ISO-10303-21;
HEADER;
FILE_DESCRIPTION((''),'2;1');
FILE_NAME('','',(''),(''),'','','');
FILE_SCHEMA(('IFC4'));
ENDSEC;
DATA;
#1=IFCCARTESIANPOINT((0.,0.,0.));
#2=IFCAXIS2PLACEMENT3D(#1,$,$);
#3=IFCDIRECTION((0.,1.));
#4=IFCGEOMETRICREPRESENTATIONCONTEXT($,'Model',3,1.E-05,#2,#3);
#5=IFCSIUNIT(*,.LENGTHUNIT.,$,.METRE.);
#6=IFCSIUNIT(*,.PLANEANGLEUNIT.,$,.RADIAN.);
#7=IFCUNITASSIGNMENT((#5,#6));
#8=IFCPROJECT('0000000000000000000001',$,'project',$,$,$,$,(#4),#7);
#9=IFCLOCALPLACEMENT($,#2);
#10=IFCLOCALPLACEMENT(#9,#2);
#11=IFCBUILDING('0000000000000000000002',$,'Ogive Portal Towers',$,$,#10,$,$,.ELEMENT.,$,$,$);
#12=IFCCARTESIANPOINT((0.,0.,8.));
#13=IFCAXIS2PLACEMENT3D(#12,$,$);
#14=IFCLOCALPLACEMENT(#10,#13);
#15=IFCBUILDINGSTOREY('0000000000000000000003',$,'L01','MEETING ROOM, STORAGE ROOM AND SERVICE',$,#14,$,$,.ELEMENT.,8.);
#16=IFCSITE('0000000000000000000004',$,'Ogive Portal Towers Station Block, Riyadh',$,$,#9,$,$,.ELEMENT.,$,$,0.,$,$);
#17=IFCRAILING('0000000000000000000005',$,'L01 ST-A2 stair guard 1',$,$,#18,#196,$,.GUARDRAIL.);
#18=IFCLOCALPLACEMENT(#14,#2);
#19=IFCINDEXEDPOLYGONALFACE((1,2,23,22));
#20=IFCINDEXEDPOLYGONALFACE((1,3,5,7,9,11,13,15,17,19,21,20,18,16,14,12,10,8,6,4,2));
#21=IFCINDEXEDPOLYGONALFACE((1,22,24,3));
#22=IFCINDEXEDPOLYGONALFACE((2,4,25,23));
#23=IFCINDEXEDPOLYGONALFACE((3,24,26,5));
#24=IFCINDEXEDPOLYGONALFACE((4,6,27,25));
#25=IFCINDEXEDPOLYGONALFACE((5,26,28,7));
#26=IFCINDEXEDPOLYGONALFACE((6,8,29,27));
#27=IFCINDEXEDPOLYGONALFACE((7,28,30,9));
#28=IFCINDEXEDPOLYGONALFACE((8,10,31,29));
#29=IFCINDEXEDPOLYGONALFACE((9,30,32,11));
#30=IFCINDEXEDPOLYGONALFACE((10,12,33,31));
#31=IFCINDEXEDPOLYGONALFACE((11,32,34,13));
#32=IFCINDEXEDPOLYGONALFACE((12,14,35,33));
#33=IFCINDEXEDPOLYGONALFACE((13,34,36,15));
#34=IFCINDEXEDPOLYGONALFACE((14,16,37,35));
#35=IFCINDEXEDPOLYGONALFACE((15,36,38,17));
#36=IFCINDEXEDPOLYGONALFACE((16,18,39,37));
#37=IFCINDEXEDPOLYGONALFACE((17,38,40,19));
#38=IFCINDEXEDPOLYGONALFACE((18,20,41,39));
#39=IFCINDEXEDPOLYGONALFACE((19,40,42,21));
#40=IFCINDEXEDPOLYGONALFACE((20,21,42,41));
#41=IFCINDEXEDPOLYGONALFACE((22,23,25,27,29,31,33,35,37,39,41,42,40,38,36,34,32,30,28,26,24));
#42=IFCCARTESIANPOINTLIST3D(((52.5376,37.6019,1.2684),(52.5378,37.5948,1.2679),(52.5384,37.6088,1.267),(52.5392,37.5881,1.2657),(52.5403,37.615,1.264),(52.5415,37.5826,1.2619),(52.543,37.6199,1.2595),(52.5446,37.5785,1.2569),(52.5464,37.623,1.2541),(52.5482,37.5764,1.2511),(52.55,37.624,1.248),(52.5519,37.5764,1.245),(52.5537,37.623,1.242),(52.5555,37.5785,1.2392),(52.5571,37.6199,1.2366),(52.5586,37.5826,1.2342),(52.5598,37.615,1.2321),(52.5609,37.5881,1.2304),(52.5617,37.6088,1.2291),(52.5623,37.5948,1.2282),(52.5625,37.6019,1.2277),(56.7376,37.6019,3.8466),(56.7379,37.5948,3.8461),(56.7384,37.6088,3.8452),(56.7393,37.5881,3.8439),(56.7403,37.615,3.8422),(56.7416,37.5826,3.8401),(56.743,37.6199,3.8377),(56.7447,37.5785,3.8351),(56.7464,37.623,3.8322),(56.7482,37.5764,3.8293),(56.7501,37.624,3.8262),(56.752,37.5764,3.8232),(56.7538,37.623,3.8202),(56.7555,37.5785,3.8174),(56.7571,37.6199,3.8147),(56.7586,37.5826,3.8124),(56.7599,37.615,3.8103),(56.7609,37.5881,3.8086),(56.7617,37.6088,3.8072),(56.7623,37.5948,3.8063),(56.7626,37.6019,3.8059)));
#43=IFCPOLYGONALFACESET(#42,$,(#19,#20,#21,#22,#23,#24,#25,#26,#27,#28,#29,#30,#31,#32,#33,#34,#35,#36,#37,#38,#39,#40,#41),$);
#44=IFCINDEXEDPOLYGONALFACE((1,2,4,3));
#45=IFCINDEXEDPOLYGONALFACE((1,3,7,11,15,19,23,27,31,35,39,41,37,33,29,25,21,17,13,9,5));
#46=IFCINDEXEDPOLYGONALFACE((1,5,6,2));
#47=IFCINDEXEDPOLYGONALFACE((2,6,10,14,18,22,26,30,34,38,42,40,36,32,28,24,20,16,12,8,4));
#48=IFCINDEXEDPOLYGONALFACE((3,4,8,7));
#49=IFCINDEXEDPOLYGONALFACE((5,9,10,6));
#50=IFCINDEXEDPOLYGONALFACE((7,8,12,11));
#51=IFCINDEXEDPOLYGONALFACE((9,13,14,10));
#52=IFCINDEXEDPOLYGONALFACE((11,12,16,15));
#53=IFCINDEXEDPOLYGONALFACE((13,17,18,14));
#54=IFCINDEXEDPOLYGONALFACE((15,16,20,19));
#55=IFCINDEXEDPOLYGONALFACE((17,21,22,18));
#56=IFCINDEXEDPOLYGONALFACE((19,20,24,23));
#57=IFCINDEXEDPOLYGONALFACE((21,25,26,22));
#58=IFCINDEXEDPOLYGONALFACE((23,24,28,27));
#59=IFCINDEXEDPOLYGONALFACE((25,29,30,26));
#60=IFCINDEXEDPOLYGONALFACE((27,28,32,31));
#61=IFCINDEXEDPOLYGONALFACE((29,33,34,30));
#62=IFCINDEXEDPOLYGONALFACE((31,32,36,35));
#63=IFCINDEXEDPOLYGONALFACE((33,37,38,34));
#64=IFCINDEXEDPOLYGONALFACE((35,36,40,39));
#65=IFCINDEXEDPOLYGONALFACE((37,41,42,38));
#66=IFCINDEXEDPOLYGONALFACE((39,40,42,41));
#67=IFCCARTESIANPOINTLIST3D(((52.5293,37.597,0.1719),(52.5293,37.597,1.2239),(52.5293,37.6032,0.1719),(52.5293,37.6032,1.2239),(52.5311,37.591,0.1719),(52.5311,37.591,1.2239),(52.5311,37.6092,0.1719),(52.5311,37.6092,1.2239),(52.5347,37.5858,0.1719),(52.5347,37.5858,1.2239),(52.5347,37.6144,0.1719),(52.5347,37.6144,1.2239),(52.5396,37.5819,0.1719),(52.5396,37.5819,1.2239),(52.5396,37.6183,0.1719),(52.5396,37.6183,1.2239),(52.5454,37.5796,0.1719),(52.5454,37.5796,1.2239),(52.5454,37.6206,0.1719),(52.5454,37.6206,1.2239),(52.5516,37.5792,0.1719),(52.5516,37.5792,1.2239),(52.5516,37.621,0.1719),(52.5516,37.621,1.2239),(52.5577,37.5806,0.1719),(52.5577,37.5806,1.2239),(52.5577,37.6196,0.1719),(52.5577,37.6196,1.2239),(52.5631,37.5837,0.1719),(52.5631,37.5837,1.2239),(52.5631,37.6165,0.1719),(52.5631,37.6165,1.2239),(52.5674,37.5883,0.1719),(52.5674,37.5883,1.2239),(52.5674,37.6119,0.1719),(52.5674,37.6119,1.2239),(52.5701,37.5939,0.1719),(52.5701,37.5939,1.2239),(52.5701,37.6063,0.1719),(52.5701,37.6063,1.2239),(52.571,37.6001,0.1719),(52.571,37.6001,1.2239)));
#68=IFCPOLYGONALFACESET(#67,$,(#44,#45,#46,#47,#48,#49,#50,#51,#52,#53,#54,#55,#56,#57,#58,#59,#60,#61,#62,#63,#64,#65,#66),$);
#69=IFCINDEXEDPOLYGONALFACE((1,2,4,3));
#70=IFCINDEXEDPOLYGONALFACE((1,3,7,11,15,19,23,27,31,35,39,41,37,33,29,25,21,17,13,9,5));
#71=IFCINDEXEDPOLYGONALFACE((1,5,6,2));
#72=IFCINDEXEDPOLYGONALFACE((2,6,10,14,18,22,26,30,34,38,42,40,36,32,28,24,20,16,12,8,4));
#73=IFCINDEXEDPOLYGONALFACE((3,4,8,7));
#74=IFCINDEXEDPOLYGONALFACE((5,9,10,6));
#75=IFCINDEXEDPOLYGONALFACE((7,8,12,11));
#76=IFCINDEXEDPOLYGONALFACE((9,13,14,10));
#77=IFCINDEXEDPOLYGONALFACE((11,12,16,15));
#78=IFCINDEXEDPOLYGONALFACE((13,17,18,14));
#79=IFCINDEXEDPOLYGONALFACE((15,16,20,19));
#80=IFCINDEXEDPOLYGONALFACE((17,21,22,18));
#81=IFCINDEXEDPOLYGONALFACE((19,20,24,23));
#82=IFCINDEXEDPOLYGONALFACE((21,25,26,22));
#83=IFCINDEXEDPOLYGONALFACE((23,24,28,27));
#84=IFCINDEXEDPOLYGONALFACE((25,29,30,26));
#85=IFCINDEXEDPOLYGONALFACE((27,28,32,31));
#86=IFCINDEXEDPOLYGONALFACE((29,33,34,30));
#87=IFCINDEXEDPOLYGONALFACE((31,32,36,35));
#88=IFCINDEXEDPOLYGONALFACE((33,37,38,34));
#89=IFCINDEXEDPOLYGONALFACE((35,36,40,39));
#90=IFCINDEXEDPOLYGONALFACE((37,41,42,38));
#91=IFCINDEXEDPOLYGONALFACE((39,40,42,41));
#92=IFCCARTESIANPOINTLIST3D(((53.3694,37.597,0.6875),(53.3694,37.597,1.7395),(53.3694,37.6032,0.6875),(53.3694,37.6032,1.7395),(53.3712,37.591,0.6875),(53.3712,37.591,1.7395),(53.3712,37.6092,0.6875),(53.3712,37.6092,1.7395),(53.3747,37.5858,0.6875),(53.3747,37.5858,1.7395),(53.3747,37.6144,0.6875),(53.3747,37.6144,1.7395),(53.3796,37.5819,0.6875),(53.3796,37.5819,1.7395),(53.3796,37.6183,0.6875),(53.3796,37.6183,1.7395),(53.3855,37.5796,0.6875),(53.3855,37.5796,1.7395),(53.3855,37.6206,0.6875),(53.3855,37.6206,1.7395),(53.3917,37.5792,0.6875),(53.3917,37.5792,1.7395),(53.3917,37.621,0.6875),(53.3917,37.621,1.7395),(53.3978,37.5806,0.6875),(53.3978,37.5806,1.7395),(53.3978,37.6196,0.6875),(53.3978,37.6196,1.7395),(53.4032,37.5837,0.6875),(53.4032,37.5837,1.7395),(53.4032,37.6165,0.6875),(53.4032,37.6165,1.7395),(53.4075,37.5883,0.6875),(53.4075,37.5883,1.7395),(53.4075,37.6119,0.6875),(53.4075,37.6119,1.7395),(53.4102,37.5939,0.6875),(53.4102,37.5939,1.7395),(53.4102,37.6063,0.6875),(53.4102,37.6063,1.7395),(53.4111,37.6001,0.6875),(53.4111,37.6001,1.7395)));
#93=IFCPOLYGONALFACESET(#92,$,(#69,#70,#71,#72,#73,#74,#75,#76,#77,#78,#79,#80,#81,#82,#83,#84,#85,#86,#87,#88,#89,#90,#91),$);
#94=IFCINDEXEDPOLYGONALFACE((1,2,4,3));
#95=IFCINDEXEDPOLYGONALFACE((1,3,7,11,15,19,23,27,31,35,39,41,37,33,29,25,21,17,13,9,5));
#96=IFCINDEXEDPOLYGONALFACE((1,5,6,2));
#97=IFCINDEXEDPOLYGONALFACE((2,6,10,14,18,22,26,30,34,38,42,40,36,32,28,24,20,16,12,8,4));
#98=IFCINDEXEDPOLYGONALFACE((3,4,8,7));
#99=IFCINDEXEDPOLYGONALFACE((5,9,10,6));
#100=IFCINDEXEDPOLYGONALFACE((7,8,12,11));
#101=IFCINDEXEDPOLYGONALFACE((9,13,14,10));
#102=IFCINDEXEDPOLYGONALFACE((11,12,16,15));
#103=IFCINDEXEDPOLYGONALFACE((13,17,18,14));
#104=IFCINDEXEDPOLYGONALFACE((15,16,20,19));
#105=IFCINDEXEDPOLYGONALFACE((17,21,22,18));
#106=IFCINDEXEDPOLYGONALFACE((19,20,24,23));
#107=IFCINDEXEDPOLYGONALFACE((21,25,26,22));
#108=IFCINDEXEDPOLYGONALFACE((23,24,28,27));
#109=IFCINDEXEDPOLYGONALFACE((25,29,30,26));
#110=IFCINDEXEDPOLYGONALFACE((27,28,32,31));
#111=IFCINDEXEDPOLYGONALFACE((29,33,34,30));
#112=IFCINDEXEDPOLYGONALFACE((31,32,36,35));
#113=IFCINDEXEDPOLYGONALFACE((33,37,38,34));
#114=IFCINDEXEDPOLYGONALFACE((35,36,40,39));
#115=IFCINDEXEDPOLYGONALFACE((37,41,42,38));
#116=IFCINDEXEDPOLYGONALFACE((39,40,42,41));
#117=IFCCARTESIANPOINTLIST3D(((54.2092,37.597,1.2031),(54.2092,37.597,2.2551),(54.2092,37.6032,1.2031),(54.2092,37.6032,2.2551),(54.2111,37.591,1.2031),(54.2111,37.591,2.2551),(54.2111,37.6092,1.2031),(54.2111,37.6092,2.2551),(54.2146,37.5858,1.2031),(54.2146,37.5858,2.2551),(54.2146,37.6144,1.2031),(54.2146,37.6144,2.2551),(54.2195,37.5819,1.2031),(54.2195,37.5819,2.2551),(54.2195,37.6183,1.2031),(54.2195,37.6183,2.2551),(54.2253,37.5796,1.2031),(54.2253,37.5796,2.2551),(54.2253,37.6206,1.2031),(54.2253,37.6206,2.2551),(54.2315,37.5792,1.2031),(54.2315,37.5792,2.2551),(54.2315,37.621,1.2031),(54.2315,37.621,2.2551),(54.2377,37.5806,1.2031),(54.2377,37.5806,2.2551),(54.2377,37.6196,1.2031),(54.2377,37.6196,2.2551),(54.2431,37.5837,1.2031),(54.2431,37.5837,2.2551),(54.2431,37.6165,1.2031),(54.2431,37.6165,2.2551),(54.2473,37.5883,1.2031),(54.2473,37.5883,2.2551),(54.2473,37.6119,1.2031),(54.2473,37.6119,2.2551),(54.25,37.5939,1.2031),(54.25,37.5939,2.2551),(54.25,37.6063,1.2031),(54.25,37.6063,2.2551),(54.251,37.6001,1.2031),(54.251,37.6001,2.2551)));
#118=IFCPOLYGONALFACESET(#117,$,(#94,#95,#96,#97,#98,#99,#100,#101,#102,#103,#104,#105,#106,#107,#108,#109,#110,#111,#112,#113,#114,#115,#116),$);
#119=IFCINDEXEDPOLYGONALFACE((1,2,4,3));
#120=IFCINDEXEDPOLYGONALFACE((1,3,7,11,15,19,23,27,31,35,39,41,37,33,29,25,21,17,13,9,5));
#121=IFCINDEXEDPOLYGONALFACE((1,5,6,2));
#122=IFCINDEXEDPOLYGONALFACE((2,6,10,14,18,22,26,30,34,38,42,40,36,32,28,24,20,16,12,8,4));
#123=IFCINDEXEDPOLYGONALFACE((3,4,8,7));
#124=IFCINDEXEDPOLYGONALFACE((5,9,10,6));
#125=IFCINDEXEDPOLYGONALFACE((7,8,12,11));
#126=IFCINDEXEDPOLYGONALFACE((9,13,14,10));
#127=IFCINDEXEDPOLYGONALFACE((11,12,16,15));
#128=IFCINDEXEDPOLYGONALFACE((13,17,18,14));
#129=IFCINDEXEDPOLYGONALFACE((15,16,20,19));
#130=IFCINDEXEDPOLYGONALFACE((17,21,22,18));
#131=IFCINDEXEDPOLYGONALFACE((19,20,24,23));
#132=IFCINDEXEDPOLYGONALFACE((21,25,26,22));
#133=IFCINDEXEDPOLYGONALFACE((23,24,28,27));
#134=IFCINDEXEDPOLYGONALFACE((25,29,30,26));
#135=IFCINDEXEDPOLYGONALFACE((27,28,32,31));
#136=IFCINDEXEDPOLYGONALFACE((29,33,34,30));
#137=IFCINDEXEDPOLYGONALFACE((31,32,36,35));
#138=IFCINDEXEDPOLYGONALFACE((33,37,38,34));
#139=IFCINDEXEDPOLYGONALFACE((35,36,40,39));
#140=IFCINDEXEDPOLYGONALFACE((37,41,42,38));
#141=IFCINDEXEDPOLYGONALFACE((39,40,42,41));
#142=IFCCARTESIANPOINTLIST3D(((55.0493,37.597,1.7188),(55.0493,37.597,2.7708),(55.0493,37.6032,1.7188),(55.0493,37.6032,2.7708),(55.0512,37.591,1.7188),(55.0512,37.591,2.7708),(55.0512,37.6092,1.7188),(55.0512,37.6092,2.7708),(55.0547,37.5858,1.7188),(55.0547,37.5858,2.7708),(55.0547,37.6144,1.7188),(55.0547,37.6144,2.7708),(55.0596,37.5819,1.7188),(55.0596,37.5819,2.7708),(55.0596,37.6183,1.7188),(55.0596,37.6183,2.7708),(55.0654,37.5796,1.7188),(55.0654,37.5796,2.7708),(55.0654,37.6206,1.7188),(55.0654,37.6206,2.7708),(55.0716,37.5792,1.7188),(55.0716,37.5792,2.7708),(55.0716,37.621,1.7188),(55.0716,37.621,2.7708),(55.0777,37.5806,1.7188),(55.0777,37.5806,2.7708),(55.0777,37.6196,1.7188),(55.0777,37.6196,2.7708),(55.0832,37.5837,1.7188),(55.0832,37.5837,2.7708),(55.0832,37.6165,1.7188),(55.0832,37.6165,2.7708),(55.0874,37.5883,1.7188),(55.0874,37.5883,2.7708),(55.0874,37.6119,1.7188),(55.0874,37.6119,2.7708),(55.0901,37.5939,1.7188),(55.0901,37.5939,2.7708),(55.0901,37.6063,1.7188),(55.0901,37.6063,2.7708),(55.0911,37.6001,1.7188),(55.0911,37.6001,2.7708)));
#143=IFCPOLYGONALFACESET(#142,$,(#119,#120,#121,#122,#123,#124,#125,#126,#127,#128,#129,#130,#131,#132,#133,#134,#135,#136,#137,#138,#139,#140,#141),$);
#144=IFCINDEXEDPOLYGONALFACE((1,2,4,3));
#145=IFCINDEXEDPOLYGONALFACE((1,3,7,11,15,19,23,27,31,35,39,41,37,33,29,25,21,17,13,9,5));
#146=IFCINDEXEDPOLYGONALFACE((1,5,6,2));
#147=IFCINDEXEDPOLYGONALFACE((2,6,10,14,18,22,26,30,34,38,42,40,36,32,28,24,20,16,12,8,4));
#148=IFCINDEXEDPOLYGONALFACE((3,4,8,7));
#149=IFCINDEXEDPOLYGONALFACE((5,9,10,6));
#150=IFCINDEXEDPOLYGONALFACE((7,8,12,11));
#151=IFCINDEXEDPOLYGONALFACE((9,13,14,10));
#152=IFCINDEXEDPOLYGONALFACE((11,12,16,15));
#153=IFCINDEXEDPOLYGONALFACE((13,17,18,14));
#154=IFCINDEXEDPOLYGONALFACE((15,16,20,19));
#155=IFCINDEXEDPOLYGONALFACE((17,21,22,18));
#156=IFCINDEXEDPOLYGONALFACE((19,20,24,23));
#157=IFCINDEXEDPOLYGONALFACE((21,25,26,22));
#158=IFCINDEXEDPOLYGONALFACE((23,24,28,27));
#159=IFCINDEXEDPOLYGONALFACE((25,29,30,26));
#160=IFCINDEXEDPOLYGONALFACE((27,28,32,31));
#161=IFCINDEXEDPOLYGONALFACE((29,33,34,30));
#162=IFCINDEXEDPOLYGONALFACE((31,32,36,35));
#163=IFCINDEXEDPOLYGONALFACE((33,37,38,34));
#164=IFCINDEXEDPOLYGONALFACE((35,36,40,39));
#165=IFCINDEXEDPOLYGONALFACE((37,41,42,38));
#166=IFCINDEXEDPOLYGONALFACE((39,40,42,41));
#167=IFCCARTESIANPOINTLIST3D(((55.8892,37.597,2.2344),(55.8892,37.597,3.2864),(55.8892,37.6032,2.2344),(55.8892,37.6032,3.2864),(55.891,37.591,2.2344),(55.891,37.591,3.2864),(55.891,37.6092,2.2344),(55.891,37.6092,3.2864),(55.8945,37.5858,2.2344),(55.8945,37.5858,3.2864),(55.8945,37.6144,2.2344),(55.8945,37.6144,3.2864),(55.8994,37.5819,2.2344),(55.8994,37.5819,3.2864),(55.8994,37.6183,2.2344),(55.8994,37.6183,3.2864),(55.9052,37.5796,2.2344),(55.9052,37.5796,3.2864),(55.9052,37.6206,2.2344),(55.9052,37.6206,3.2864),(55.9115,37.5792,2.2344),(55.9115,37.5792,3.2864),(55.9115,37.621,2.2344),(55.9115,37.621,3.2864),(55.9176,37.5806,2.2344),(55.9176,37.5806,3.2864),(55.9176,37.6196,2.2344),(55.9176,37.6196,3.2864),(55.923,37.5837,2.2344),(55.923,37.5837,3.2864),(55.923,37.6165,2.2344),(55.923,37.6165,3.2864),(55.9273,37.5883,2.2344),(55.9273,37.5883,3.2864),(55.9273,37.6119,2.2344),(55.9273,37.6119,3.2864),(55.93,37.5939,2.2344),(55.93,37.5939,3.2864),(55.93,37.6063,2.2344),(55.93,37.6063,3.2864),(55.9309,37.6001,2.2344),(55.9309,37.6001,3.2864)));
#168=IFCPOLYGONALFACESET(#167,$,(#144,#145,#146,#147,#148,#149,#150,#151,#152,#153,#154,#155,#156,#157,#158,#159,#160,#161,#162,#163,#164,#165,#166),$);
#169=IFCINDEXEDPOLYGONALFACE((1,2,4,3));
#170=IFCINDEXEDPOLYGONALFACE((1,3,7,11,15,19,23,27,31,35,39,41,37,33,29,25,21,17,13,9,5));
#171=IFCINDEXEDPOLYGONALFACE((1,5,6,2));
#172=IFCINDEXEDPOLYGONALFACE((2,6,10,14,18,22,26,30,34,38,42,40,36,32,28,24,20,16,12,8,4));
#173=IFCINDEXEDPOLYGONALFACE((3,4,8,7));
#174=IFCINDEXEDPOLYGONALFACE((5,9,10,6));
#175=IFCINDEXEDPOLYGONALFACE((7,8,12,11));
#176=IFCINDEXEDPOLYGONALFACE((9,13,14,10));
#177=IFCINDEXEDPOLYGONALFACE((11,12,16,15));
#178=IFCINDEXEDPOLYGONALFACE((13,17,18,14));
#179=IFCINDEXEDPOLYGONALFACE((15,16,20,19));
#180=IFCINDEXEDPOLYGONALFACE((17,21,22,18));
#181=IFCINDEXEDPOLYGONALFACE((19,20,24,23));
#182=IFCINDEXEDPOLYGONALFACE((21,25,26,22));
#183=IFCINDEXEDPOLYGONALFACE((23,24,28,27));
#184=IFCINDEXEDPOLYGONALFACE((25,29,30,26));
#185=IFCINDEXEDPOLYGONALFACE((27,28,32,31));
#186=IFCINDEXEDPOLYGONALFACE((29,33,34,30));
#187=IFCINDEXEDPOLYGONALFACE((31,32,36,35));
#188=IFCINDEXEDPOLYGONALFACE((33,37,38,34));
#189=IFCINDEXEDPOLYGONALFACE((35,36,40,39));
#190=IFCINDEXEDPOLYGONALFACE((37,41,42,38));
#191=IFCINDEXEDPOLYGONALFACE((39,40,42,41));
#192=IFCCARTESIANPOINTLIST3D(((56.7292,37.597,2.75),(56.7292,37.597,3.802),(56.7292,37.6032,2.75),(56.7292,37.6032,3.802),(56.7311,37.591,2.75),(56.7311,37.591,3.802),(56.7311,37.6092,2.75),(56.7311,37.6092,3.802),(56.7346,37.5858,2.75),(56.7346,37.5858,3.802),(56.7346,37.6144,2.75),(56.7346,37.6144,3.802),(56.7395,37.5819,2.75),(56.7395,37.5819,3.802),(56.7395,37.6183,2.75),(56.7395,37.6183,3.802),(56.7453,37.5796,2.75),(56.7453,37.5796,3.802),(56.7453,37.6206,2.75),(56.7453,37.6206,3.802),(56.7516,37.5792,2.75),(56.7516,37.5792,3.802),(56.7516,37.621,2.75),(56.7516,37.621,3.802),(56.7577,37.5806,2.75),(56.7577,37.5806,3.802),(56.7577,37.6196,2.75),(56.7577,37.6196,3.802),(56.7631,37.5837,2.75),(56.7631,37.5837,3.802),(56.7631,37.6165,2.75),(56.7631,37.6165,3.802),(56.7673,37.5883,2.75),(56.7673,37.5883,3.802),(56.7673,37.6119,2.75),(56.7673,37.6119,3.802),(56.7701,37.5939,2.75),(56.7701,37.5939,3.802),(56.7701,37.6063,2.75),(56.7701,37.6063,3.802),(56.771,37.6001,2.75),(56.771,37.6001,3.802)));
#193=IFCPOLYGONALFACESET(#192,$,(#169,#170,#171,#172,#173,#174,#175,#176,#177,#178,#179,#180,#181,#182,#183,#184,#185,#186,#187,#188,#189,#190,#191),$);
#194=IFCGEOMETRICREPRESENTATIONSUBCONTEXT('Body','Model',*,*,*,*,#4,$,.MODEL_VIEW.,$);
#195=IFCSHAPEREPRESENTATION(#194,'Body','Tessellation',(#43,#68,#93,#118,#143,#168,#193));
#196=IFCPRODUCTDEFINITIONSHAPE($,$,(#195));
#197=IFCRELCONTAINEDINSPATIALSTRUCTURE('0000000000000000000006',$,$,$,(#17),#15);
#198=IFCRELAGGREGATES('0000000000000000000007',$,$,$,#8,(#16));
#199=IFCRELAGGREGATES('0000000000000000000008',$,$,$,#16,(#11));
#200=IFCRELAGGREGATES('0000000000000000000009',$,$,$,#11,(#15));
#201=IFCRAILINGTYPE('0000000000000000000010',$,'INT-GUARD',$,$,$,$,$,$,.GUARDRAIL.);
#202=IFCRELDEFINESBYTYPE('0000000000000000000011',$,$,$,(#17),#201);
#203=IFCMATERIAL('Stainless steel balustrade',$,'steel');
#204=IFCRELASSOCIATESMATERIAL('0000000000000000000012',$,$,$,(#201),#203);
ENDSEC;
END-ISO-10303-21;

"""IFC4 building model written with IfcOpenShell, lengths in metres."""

from ifc_helpers import new_model, si_unit, direction, frame, origin, origin_2d, place, context, subcontext, project, spatial, circle, extrude, material, type_object, element, save


model = new_model("IFC4")

# Units and contexts
model_context = context("Model", 3, precision=1e-05, world=origin(), true_north=direction((0.0, 1.0)))
body_context = subcontext(model_context, "Body", "Model", "MODEL_VIEW")
ifc_project = project(units=[si_unit("LENGTHUNIT", "METRE"), si_unit("PLANEANGLEUNIT", "RADIAN")], contexts=[model_context])

# Site, building, storey
site_placement = place(None, origin())
site = spatial("IfcSite", under=ifc_project, at=site_placement, Name="Ogive Portal Towers Station Block, Riyadh", CompositionType="ELEMENT", RefElevation=0.0)
building_placement = place(site_placement, origin())
building = spatial("IfcBuilding", under=site, at=building_placement, Name="Ogive Portal Towers", CompositionType="ELEMENT")
storey_placement = place(building_placement, frame((0.0, 0.0, 8.0)))
storey = spatial("IfcBuildingStorey", under=building, at=storey_placement, Name="L01", Description="MEETING ROOM, STORAGE ROOM AND SERVICE", CompositionType="ELEMENT", Elevation=8.0)

# Railing
ifc_material_1 = material(Name="Stainless steel balustrade", Category="steel")
railing_type_1 = type_object("IfcRailingType", Name="INT-GUARD", PredefinedType="GUARDRAIL", material=ifc_material_1)
railing_1_placement = place(storey_placement, frame((52.55, 37.6001, 0.1719)))
element("IfcRailing", 1, at=railing_1_placement, inside=storey, type_object=railing_type_1, Name="L01 ST-A2 stair guard 1", PredefinedType="GUARDRAIL", context=body_context, shape_type="SweptSolid", body=[
    extrude(circle(Radius=0.0239, at=origin_2d()), frame((0.0, 0.0, 1.0762), z_axis=(0.852243, 0.0, 0.523146), x_axis=(0.0, 1.0, 0.0)), (0.0, 0.0, 1.0), 4.9282),
    extrude(circle(Radius=0.021, at=origin_2d()), origin(), (0.0, 0.0, 1.0), 1.052),
    extrude(circle(Radius=0.021, at=origin_2d()), frame((0.8401, 0.0, 0.5156)), (0.0, 0.0, 1.0), 1.052),
    extrude(circle(Radius=0.021, at=origin_2d()), frame((1.6799, 0.0, 1.0312)), (0.0, 0.0, 1.0), 1.052),
    extrude(circle(Radius=0.021, at=origin_2d()), frame((2.52, 0.0, 1.5469)), (0.0, 0.0, 1.0), 1.052),
    extrude(circle(Radius=0.021, at=origin_2d()), frame((3.3599, 0.0, 2.0625)), (0.0, 0.0, 1.0), 1.052),
    extrude(circle(Radius=0.021, at=origin_2d()), frame((4.2, 0.0, 2.5781)), (0.0, 0.0, 1.0), 1.052),
])

save(model, "model.ifc")
